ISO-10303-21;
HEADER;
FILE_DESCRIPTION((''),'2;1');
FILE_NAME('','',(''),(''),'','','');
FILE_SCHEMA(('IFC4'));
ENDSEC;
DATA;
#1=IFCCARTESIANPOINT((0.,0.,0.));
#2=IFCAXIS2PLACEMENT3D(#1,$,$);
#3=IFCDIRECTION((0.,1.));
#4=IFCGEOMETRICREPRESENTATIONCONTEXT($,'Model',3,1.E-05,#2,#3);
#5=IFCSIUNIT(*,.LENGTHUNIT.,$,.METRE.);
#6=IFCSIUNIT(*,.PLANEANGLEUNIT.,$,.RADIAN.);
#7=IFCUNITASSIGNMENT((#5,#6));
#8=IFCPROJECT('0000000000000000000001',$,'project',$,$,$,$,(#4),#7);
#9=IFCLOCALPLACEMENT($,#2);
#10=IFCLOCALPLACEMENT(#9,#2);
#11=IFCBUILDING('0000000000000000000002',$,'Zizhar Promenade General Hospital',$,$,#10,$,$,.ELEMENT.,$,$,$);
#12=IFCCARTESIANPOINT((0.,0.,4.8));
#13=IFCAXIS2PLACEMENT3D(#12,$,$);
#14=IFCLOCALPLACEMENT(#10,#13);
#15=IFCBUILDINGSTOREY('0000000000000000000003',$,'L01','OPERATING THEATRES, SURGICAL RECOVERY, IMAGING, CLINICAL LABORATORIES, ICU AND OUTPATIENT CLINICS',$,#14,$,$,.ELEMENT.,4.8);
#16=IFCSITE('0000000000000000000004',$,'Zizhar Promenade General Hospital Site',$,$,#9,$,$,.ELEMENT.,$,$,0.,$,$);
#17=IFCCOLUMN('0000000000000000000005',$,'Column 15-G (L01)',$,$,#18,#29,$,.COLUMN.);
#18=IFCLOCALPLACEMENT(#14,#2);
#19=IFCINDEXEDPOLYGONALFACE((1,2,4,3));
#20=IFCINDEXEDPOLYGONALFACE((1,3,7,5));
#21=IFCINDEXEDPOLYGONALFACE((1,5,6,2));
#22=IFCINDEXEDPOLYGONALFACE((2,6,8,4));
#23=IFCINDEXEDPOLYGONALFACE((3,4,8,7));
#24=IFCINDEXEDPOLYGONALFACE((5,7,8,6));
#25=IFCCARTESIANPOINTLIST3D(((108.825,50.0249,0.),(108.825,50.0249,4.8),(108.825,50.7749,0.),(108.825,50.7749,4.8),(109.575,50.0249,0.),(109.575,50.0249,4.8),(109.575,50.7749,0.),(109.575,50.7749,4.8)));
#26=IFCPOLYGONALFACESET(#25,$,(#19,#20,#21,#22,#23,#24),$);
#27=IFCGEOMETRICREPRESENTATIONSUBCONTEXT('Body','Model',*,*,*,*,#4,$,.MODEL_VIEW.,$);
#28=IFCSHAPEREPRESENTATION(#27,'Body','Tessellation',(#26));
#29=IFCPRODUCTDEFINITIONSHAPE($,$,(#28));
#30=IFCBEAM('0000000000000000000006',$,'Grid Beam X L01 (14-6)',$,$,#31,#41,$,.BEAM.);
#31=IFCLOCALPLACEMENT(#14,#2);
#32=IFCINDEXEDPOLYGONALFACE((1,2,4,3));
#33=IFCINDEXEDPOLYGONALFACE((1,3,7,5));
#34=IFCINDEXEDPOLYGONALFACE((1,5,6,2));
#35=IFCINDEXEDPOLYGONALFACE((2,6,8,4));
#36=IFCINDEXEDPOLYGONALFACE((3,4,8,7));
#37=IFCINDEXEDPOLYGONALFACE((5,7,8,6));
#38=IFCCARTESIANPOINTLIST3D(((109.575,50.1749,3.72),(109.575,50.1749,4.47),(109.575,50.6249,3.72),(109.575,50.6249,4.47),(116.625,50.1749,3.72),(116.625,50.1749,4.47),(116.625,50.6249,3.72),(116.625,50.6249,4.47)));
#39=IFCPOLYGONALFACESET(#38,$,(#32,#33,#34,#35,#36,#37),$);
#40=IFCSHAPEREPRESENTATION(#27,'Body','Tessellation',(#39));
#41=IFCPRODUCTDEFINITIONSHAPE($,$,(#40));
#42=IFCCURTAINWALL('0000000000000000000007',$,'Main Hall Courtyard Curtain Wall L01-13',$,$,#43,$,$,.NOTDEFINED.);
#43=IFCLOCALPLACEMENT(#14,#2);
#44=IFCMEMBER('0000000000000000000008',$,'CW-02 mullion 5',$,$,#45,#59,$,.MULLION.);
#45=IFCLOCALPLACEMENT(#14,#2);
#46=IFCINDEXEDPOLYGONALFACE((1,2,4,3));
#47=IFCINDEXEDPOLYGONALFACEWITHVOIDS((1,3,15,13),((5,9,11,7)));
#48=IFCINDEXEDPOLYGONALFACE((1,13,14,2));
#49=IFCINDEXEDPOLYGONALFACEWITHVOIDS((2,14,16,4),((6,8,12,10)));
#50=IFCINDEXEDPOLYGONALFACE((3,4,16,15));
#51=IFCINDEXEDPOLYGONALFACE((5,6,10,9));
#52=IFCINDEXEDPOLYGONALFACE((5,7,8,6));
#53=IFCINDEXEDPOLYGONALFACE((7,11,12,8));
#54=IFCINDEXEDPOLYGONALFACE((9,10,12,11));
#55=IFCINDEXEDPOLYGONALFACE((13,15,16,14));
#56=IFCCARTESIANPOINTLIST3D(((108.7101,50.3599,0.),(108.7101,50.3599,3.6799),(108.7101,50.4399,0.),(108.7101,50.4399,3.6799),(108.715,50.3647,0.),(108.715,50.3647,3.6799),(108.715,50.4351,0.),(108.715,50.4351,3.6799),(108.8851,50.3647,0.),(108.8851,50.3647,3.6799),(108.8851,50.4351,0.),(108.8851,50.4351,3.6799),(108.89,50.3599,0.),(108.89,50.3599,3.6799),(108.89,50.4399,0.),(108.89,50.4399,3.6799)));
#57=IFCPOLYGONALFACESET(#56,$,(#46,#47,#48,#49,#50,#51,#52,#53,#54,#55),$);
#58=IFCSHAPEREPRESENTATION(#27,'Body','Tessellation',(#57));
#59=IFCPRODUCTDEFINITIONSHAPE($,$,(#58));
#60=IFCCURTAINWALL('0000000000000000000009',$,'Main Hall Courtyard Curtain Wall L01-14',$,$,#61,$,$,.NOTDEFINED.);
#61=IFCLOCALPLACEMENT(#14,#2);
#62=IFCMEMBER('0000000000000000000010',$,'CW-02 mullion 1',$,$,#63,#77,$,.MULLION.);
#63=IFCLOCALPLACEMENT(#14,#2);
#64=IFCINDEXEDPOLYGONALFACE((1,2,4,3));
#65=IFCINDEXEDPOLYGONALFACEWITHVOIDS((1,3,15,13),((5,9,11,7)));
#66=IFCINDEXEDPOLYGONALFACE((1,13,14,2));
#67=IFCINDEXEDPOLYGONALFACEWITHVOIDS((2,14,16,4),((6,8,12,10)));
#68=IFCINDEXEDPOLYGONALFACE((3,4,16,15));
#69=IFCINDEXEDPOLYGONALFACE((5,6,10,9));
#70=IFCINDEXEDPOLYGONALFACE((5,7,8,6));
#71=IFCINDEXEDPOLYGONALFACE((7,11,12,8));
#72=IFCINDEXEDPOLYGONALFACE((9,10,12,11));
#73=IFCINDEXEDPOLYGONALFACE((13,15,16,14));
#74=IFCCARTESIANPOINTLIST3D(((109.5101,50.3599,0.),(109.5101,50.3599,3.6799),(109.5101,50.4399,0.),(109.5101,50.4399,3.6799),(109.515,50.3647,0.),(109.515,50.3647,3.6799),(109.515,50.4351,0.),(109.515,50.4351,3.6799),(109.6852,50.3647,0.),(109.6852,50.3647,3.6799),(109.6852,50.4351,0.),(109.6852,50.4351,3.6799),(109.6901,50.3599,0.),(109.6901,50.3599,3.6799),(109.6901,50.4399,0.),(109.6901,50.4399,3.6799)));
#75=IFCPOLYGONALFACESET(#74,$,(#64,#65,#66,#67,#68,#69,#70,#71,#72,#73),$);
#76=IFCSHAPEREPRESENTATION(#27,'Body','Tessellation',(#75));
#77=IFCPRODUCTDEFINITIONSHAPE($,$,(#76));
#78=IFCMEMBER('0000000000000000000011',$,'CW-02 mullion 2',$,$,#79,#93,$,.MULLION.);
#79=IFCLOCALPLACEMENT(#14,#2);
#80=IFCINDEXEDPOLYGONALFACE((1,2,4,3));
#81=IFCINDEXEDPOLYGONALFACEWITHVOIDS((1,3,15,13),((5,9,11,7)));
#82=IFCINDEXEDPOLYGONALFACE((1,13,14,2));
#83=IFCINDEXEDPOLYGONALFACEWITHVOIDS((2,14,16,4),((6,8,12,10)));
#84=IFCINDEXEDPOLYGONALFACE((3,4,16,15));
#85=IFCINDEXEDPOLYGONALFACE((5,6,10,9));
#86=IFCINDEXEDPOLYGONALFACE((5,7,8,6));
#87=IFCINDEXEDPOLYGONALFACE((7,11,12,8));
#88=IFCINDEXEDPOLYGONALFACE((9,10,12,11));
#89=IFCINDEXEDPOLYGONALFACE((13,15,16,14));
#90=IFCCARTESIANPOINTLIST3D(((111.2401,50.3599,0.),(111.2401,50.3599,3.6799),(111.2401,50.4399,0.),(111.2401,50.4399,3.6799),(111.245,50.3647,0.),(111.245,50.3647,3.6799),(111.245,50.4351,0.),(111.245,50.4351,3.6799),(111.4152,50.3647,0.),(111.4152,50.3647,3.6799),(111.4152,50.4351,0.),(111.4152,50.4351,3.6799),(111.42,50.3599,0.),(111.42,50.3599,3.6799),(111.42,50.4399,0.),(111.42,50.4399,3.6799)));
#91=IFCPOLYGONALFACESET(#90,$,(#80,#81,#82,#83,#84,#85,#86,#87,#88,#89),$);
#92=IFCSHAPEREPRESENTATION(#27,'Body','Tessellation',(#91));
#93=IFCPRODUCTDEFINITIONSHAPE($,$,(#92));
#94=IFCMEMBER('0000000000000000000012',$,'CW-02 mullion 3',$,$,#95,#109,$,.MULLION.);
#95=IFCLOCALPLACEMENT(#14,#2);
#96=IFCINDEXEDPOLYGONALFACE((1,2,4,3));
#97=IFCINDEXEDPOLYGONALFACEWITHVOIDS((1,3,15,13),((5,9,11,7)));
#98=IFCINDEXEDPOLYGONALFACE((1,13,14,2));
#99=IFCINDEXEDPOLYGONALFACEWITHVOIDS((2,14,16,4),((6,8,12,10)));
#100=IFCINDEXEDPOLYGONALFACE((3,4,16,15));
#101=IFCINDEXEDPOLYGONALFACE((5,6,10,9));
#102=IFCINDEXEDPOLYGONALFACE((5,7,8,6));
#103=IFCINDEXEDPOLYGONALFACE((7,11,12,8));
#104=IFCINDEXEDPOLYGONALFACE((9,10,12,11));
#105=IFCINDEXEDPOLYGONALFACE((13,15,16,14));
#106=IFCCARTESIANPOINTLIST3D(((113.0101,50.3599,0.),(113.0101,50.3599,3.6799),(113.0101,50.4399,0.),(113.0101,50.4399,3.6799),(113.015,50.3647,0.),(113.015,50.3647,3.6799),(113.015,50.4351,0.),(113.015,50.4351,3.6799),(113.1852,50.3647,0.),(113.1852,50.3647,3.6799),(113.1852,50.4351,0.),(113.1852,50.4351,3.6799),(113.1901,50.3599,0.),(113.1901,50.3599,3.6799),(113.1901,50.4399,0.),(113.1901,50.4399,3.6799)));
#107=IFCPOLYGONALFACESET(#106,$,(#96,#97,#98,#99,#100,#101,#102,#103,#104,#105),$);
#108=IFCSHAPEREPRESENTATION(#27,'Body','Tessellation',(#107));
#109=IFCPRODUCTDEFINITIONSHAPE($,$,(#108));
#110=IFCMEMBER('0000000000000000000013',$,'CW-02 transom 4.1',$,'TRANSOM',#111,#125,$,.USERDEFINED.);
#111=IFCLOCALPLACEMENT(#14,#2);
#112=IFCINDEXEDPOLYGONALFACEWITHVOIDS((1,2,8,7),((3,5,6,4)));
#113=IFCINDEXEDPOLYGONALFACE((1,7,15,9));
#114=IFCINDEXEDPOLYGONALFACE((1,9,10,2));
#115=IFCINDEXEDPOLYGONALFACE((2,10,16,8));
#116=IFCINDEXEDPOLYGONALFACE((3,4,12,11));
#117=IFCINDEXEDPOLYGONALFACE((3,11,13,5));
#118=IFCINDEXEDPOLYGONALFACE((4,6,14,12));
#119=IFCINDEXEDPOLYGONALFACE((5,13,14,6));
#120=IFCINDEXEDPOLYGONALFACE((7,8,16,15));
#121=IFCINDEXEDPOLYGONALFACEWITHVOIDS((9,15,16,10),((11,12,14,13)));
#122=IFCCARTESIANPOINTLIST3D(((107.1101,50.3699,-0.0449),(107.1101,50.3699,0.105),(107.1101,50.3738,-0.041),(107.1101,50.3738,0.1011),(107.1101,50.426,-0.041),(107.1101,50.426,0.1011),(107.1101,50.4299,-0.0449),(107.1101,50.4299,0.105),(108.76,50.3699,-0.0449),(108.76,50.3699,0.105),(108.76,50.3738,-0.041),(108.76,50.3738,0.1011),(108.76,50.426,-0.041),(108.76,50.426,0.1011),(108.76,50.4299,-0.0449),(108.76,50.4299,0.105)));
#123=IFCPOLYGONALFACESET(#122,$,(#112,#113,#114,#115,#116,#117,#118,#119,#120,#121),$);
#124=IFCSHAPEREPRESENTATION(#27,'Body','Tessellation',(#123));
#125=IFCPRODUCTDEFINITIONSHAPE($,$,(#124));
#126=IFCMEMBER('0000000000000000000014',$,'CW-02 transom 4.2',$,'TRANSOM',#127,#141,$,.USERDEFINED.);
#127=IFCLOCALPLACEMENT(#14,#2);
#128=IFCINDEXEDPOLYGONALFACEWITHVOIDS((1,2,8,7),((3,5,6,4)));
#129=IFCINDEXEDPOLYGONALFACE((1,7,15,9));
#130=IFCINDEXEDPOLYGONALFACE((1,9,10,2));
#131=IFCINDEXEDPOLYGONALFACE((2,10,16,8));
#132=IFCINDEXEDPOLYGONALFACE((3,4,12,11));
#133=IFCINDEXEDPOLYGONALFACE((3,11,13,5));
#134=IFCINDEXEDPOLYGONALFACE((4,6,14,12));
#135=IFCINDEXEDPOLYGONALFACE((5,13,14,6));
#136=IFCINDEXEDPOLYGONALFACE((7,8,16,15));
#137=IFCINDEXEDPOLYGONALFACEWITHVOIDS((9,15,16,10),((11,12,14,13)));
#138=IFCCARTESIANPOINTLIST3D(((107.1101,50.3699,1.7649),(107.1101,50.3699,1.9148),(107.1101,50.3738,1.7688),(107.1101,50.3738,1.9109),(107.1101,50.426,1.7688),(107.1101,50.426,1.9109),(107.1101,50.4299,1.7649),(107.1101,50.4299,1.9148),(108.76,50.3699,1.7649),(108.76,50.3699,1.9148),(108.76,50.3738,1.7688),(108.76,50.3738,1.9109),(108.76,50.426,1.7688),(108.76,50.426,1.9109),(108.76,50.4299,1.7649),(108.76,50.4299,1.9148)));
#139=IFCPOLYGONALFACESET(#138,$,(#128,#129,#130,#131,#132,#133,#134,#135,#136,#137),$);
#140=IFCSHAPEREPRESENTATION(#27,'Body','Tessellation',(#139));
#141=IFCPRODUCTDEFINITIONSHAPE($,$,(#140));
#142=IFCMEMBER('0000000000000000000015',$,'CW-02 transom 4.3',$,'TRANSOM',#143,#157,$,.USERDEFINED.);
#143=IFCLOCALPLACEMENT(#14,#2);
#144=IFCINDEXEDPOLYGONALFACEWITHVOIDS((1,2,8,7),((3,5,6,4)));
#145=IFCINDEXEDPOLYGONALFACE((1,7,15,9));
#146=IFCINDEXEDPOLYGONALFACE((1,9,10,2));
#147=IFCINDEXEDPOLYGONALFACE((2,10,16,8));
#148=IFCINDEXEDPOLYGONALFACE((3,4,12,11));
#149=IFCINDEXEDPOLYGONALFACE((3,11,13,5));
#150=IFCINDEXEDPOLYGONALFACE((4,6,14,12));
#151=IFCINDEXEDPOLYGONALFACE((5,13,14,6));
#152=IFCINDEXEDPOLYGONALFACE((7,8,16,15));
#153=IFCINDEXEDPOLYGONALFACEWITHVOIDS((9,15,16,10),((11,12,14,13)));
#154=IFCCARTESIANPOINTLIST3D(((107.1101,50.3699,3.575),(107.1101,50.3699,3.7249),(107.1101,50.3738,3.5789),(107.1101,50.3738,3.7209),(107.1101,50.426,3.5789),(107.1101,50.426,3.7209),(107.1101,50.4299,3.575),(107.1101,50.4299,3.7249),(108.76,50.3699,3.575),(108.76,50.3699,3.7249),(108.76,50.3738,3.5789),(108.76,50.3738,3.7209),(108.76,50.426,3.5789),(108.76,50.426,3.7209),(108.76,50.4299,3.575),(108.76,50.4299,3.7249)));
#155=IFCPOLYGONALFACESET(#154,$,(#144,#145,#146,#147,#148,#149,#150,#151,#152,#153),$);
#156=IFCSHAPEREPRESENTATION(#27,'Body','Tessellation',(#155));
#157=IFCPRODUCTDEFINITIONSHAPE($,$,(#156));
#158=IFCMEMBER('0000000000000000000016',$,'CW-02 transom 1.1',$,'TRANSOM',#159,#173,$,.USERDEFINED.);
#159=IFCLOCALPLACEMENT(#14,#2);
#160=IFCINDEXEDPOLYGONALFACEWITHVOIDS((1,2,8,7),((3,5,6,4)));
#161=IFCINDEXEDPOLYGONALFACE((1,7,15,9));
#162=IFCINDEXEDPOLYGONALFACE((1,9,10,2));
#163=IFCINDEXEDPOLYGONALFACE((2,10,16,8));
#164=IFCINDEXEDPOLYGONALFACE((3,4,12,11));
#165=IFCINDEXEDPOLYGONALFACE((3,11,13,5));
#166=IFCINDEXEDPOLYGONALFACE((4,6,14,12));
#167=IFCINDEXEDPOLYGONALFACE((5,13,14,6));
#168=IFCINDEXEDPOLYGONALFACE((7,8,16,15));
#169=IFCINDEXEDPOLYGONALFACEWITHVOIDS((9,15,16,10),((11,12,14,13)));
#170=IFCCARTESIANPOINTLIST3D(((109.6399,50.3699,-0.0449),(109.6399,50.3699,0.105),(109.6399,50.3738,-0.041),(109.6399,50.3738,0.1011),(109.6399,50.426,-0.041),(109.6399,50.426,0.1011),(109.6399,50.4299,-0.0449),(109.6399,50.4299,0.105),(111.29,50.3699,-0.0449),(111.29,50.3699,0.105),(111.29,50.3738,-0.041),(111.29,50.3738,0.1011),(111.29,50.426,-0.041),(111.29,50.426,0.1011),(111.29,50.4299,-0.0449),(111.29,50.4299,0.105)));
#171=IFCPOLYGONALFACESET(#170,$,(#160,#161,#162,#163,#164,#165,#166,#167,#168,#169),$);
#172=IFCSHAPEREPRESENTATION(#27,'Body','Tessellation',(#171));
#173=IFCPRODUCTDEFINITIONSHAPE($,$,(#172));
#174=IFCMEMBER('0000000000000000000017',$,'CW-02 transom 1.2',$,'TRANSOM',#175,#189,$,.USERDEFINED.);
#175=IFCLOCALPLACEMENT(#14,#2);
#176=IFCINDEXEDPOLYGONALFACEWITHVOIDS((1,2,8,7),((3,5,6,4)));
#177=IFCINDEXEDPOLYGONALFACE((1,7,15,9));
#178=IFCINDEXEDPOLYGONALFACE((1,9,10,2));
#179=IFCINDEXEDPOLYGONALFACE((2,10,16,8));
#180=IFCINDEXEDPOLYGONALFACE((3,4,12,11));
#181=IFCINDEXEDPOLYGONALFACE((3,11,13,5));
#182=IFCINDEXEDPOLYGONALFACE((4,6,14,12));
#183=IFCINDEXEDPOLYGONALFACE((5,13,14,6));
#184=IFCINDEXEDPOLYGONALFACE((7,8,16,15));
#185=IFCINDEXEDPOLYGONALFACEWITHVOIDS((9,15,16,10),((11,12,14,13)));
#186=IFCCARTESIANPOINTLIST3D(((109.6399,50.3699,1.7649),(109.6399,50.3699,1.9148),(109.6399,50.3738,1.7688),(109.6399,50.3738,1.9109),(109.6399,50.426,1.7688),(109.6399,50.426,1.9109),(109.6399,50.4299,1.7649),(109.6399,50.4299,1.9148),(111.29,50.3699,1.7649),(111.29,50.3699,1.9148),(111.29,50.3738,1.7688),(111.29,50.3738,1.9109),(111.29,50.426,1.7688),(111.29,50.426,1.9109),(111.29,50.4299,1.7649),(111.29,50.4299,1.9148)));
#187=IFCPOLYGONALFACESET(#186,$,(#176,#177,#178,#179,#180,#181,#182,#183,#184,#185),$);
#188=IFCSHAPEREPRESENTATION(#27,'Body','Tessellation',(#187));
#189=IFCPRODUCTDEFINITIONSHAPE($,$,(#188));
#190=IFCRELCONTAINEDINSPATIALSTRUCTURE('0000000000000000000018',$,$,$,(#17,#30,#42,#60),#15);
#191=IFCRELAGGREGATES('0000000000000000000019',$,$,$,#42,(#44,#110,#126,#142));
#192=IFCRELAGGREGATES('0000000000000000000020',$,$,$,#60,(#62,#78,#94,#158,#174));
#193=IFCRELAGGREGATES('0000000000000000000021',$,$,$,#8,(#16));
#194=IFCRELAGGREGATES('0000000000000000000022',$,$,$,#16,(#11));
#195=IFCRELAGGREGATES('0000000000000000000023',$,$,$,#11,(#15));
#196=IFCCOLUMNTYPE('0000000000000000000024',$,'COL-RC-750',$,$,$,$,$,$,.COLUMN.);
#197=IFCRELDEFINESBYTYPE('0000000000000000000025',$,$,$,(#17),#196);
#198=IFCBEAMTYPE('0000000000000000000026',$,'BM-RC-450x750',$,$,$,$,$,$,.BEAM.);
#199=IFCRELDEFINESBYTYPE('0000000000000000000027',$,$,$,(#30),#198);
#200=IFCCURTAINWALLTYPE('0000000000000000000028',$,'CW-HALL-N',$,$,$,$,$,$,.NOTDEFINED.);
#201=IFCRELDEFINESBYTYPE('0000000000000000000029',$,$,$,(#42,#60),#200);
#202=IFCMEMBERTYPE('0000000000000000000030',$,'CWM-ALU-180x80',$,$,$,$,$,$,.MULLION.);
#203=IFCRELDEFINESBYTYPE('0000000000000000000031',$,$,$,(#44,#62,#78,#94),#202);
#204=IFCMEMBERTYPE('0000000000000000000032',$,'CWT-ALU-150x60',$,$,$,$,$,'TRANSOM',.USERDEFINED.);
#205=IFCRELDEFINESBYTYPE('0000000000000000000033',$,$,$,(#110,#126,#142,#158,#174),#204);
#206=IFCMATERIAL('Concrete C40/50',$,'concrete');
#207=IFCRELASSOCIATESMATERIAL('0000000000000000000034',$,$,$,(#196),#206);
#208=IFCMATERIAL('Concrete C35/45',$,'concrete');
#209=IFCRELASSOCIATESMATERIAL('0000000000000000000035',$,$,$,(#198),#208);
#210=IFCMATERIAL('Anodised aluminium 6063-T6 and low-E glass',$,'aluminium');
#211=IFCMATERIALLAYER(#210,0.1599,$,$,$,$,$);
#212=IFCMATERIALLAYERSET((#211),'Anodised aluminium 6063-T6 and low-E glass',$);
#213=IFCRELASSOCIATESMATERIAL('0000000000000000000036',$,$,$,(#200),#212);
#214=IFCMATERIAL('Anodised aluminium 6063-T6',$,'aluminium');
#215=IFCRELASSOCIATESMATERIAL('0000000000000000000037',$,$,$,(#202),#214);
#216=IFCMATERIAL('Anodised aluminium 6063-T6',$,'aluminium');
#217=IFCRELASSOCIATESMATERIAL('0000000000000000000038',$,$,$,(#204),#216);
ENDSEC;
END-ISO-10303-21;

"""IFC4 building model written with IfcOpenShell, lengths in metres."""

from ifc_helpers import new_model, si_unit, direction, frame, origin, origin_2d, place, context, subcontext, project, spatial, rectangle, hollow_rectangle, extrude, material, layer, layer_set, material_profile, profile_set, type_object, element, aggregate, save


model = new_model("IFC4")

# Units and contexts
model_context = context("Model", 3, precision=1e-05, world=origin(), true_north=direction((0.0, 1.0)))
body_context = subcontext(model_context, "Body", "Model", "MODEL_VIEW")
ifc_project = project(units=[si_unit("LENGTHUNIT", "METRE"), si_unit("PLANEANGLEUNIT", "RADIAN")], contexts=[model_context])

# Site, building, storey
site_placement = place(None, origin())
site = spatial("IfcSite", under=ifc_project, at=site_placement, Name="Zizhar Promenade General Hospital Site", CompositionType="ELEMENT", RefElevation=0.0)
building_placement = place(site_placement, origin())
building = spatial("IfcBuilding", under=site, at=building_placement, Name="Zizhar Promenade General Hospital", CompositionType="ELEMENT")
storey_placement = place(building_placement, frame((0.0, 0.0, 4.8)))
storey = spatial("IfcBuildingStorey", under=building, at=storey_placement, Name="L01", Description="OPERATING THEATRES, SURGICAL RECOVERY, IMAGING, CLINICAL LABORATORIES, ICU AND OUTPATIENT CLINICS", CompositionType="ELEMENT", Elevation=4.8)

# Column
ifc_material_1 = material(Name="Concrete C40/50", Category="concrete")
ifc_material_profile_1 = material_profile(ifc_material_1, rectangle(XDim=0.75, YDim=0.75, at=origin_2d()))
ifc_profile_set_1 = profile_set([ifc_material_profile_1], Name="Concrete C40/50")
column_type = type_object("IfcColumnType", Name="COL-RC-750", PredefinedType="COLUMN", material=ifc_profile_set_1)
column_placement = place(storey_placement, frame((109.2, 50.3999, 0.0), z_axis=(0.0, 0.0, 1.0), x_axis=(1.0, 0.0, 0.0)))
element("IfcColumn", 1, at=column_placement, inside=storey, type_object=column_type, Name="Column 15-G (L01)", PredefinedType="COLUMN", context=body_context, shape_type="SweptSolid", body=[
    extrude(rectangle(XDim=0.75, YDim=0.75, at=origin_2d()), origin(), (0.0, 0.0, 1.0), 4.8),
])

# Beam
ifc_material_2 = material(Name="Concrete C35/45", Category="concrete")
ifc_material_profile_2 = material_profile(ifc_material_2, rectangle(XDim=0.45, YDim=0.75, at=origin_2d()))
ifc_profile_set_2 = profile_set([ifc_material_profile_2], Name="Concrete C35/45")
beam_type = type_object("IfcBeamType", Name="BM-RC-450x750", PredefinedType="BEAM", material=ifc_profile_set_2)
beam_placement = place(storey_placement, frame((109.575, 50.3999, 4.095), z_axis=(1.0, 0.0, 0.0), x_axis=(0.0, 1.0, 0.0)))
element("IfcBeam", 2, at=beam_placement, inside=storey, type_object=beam_type, Name="Grid Beam X L01 (14-6)", PredefinedType="BEAM", context=body_context, shape_type="SweptSolid", body=[
    extrude(rectangle(XDim=0.45, YDim=0.75, at=origin_2d()), origin(), (0.0, 0.0, 1.0), 7.05),
])

# Curtain wall, member
ifc_material_3 = material(Name="Anodised aluminium 6063-T6 and low-E glass", Category="aluminium")
ifc_layer_1 = layer(ifc_material_3, 0.1599)
ifc_layer_set_1 = layer_set([ifc_layer_1], Name="Anodised aluminium 6063-T6 and low-E glass")
curtain_wall_type = type_object("IfcCurtainWallType", Name="CW-HALL-N", PredefinedType="NOTDEFINED", material=ifc_layer_set_1)
curtain_wall_1_placement = place(storey_placement, origin())
curtain_wall_1 = element("IfcCurtainWall", 3, at=curtain_wall_1_placement, inside=storey, type_object=curtain_wall_type, Name="Main Hall Courtyard Curtain Wall L01-13", PredefinedType="NOTDEFINED")
ifc_material_4 = material(Name="Anodised aluminium 6063-T6", Category="aluminium")
ifc_material_profile_3 = material_profile(ifc_material_4, hollow_rectangle(XDim=0.0801, YDim=0.1799, WallThickness=0.0049, at=origin_2d()))
ifc_profile_set_3 = profile_set([ifc_material_profile_3], Name="Anodised aluminium 6063-T6")
member_type_1 = type_object("IfcMemberType", Name="CWM-ALU-180x80", PredefinedType="MULLION", material=ifc_profile_set_3)
member_1_placement = place(storey_placement, frame((108.8, 50.3999, 0.0), z_axis=(0.0, 0.0, 1.0), x_axis=(0.0, 1.0, 0.0)))
member_1 = element("IfcMember", 4, at=member_1_placement, type_object=member_type_1, Name="CW-02 mullion 5", PredefinedType="MULLION", context=body_context, shape_type="SweptSolid", body=[
    extrude(hollow_rectangle(XDim=0.0801, YDim=0.1799, WallThickness=0.0049, at=origin_2d()), origin(), (0.0, 0.0, 1.0), 3.6799),
])

# Curtain wall, members
curtain_wall_2_placement = place(storey_placement, origin())
curtain_wall_2 = element("IfcCurtainWall", 5, at=curtain_wall_2_placement, inside=storey, type_object=curtain_wall_type, Name="Main Hall Courtyard Curtain Wall L01-14", PredefinedType="NOTDEFINED")
member_2_placement = place(storey_placement, frame((109.6001, 50.3999, 0.0), z_axis=(0.0, 0.0, 1.0), x_axis=(0.0, 1.0, 0.0)))
member_2 = element("IfcMember", 6, at=member_2_placement, type_object=member_type_1, Name="CW-02 mullion 1", PredefinedType="MULLION", context=body_context, shape_type="SweptSolid", body=[
    extrude(hollow_rectangle(XDim=0.0801, YDim=0.1799, WallThickness=0.0049, at=origin_2d()), origin(), (0.0, 0.0, 1.0), 3.6799),
])
member_3_placement = place(storey_placement, frame((111.3301, 50.3999, 0.0), z_axis=(0.0, 0.0, 1.0), x_axis=(0.0, 1.0, 0.0)))
member_3 = element("IfcMember", 7, at=member_3_placement, type_object=member_type_1, Name="CW-02 mullion 2", PredefinedType="MULLION", context=body_context, shape_type="SweptSolid", body=[
    extrude(hollow_rectangle(XDim=0.0801, YDim=0.1799, WallThickness=0.0049, at=origin_2d()), origin(), (0.0, 0.0, 1.0), 3.6799),
])
member_4_placement = place(storey_placement, frame((113.1001, 50.3999, 0.0), z_axis=(0.0, 0.0, 1.0), x_axis=(0.0, 1.0, 0.0)))
member_4 = element("IfcMember", 8, at=member_4_placement, type_object=member_type_1, Name="CW-02 mullion 3", PredefinedType="MULLION", context=body_context, shape_type="SweptSolid", body=[
    extrude(hollow_rectangle(XDim=0.0801, YDim=0.1799, WallThickness=0.0049, at=origin_2d()), origin(), (0.0, 0.0, 1.0), 3.6799),
])

# Members
ifc_material_5 = material(Name="Anodised aluminium 6063-T6", Category="aluminium")
ifc_material_profile_4 = material_profile(ifc_material_5, hollow_rectangle(XDim=0.0601, YDim=0.1499, WallThickness=0.0039, at=origin_2d()))
ifc_profile_set_4 = profile_set([ifc_material_profile_4], Name="Anodised aluminium 6063-T6")
member_type_2 = type_object("IfcMemberType", Name="CWT-ALU-150x60", ElementType="TRANSOM", PredefinedType="USERDEFINED", material=ifc_profile_set_4)
member_5_placement = place(storey_placement, frame((107.1101, 50.3999, 0.03), z_axis=(1.0, 0.0, 0.0), x_axis=(0.0, 1.0, 0.0)))
member_5 = element("IfcMember", 9, at=member_5_placement, type_object=member_type_2, Name="CW-02 transom 4.1", ObjectType="TRANSOM", PredefinedType="USERDEFINED", context=body_context, shape_type="SweptSolid", body=[
    extrude(hollow_rectangle(XDim=0.0601, YDim=0.1499, WallThickness=0.0039, at=origin_2d()), origin(), (0.0, 0.0, 1.0), 1.6499),
])
member_6_placement = place(storey_placement, frame((107.1101, 50.3999, 1.8398), z_axis=(1.0, 0.0, 0.0), x_axis=(0.0, 1.0, 0.0)))
member_6 = element("IfcMember", 10, at=member_6_placement, type_object=member_type_2, Name="CW-02 transom 4.2", ObjectType="TRANSOM", PredefinedType="USERDEFINED", context=body_context, shape_type="SweptSolid", body=[
    extrude(hollow_rectangle(XDim=0.0601, YDim=0.1499, WallThickness=0.0039, at=origin_2d()), origin(), (0.0, 0.0, 1.0), 1.6499),
])
member_7_placement = place(storey_placement, frame((107.1101, 50.3999, 3.6499), z_axis=(1.0, 0.0, 0.0), x_axis=(0.0, 1.0, 0.0)))
member_7 = element("IfcMember", 11, at=member_7_placement, type_object=member_type_2, Name="CW-02 transom 4.3", ObjectType="TRANSOM", PredefinedType="USERDEFINED", context=body_context, shape_type="SweptSolid", body=[
    extrude(hollow_rectangle(XDim=0.0601, YDim=0.1499, WallThickness=0.0039, at=origin_2d()), origin(), (0.0, 0.0, 1.0), 1.6499),
])
member_8_placement = place(storey_placement, frame((109.6399, 50.3999, 0.03), z_axis=(1.0, 0.0, 0.0), x_axis=(0.0, 1.0, 0.0)))
member_8 = element("IfcMember", 12, at=member_8_placement, type_object=member_type_2, Name="CW-02 transom 1.1", ObjectType="TRANSOM", PredefinedType="USERDEFINED", context=body_context, shape_type="SweptSolid", body=[
    extrude(hollow_rectangle(XDim=0.0601, YDim=0.1499, WallThickness=0.0039, at=origin_2d()), origin(), (0.0, 0.0, 1.0), 1.6501),
])
member_9_placement = place(storey_placement, frame((109.6399, 50.3999, 1.8398), z_axis=(1.0, 0.0, 0.0), x_axis=(0.0, 1.0, 0.0)))
member_9 = element("IfcMember", 13, at=member_9_placement, type_object=member_type_2, Name="CW-02 transom 1.2", ObjectType="TRANSOM", PredefinedType="USERDEFINED", context=body_context, shape_type="SweptSolid", body=[
    extrude(hollow_rectangle(XDim=0.0601, YDim=0.1499, WallThickness=0.0039, at=origin_2d()), origin(), (0.0, 0.0, 1.0), 1.6501),
])

aggregate(curtain_wall_1, [member_1, member_5, member_6, member_7])
aggregate(curtain_wall_2, [member_2, member_3, member_4, member_8, member_9])

save(model, "model.ifc")
